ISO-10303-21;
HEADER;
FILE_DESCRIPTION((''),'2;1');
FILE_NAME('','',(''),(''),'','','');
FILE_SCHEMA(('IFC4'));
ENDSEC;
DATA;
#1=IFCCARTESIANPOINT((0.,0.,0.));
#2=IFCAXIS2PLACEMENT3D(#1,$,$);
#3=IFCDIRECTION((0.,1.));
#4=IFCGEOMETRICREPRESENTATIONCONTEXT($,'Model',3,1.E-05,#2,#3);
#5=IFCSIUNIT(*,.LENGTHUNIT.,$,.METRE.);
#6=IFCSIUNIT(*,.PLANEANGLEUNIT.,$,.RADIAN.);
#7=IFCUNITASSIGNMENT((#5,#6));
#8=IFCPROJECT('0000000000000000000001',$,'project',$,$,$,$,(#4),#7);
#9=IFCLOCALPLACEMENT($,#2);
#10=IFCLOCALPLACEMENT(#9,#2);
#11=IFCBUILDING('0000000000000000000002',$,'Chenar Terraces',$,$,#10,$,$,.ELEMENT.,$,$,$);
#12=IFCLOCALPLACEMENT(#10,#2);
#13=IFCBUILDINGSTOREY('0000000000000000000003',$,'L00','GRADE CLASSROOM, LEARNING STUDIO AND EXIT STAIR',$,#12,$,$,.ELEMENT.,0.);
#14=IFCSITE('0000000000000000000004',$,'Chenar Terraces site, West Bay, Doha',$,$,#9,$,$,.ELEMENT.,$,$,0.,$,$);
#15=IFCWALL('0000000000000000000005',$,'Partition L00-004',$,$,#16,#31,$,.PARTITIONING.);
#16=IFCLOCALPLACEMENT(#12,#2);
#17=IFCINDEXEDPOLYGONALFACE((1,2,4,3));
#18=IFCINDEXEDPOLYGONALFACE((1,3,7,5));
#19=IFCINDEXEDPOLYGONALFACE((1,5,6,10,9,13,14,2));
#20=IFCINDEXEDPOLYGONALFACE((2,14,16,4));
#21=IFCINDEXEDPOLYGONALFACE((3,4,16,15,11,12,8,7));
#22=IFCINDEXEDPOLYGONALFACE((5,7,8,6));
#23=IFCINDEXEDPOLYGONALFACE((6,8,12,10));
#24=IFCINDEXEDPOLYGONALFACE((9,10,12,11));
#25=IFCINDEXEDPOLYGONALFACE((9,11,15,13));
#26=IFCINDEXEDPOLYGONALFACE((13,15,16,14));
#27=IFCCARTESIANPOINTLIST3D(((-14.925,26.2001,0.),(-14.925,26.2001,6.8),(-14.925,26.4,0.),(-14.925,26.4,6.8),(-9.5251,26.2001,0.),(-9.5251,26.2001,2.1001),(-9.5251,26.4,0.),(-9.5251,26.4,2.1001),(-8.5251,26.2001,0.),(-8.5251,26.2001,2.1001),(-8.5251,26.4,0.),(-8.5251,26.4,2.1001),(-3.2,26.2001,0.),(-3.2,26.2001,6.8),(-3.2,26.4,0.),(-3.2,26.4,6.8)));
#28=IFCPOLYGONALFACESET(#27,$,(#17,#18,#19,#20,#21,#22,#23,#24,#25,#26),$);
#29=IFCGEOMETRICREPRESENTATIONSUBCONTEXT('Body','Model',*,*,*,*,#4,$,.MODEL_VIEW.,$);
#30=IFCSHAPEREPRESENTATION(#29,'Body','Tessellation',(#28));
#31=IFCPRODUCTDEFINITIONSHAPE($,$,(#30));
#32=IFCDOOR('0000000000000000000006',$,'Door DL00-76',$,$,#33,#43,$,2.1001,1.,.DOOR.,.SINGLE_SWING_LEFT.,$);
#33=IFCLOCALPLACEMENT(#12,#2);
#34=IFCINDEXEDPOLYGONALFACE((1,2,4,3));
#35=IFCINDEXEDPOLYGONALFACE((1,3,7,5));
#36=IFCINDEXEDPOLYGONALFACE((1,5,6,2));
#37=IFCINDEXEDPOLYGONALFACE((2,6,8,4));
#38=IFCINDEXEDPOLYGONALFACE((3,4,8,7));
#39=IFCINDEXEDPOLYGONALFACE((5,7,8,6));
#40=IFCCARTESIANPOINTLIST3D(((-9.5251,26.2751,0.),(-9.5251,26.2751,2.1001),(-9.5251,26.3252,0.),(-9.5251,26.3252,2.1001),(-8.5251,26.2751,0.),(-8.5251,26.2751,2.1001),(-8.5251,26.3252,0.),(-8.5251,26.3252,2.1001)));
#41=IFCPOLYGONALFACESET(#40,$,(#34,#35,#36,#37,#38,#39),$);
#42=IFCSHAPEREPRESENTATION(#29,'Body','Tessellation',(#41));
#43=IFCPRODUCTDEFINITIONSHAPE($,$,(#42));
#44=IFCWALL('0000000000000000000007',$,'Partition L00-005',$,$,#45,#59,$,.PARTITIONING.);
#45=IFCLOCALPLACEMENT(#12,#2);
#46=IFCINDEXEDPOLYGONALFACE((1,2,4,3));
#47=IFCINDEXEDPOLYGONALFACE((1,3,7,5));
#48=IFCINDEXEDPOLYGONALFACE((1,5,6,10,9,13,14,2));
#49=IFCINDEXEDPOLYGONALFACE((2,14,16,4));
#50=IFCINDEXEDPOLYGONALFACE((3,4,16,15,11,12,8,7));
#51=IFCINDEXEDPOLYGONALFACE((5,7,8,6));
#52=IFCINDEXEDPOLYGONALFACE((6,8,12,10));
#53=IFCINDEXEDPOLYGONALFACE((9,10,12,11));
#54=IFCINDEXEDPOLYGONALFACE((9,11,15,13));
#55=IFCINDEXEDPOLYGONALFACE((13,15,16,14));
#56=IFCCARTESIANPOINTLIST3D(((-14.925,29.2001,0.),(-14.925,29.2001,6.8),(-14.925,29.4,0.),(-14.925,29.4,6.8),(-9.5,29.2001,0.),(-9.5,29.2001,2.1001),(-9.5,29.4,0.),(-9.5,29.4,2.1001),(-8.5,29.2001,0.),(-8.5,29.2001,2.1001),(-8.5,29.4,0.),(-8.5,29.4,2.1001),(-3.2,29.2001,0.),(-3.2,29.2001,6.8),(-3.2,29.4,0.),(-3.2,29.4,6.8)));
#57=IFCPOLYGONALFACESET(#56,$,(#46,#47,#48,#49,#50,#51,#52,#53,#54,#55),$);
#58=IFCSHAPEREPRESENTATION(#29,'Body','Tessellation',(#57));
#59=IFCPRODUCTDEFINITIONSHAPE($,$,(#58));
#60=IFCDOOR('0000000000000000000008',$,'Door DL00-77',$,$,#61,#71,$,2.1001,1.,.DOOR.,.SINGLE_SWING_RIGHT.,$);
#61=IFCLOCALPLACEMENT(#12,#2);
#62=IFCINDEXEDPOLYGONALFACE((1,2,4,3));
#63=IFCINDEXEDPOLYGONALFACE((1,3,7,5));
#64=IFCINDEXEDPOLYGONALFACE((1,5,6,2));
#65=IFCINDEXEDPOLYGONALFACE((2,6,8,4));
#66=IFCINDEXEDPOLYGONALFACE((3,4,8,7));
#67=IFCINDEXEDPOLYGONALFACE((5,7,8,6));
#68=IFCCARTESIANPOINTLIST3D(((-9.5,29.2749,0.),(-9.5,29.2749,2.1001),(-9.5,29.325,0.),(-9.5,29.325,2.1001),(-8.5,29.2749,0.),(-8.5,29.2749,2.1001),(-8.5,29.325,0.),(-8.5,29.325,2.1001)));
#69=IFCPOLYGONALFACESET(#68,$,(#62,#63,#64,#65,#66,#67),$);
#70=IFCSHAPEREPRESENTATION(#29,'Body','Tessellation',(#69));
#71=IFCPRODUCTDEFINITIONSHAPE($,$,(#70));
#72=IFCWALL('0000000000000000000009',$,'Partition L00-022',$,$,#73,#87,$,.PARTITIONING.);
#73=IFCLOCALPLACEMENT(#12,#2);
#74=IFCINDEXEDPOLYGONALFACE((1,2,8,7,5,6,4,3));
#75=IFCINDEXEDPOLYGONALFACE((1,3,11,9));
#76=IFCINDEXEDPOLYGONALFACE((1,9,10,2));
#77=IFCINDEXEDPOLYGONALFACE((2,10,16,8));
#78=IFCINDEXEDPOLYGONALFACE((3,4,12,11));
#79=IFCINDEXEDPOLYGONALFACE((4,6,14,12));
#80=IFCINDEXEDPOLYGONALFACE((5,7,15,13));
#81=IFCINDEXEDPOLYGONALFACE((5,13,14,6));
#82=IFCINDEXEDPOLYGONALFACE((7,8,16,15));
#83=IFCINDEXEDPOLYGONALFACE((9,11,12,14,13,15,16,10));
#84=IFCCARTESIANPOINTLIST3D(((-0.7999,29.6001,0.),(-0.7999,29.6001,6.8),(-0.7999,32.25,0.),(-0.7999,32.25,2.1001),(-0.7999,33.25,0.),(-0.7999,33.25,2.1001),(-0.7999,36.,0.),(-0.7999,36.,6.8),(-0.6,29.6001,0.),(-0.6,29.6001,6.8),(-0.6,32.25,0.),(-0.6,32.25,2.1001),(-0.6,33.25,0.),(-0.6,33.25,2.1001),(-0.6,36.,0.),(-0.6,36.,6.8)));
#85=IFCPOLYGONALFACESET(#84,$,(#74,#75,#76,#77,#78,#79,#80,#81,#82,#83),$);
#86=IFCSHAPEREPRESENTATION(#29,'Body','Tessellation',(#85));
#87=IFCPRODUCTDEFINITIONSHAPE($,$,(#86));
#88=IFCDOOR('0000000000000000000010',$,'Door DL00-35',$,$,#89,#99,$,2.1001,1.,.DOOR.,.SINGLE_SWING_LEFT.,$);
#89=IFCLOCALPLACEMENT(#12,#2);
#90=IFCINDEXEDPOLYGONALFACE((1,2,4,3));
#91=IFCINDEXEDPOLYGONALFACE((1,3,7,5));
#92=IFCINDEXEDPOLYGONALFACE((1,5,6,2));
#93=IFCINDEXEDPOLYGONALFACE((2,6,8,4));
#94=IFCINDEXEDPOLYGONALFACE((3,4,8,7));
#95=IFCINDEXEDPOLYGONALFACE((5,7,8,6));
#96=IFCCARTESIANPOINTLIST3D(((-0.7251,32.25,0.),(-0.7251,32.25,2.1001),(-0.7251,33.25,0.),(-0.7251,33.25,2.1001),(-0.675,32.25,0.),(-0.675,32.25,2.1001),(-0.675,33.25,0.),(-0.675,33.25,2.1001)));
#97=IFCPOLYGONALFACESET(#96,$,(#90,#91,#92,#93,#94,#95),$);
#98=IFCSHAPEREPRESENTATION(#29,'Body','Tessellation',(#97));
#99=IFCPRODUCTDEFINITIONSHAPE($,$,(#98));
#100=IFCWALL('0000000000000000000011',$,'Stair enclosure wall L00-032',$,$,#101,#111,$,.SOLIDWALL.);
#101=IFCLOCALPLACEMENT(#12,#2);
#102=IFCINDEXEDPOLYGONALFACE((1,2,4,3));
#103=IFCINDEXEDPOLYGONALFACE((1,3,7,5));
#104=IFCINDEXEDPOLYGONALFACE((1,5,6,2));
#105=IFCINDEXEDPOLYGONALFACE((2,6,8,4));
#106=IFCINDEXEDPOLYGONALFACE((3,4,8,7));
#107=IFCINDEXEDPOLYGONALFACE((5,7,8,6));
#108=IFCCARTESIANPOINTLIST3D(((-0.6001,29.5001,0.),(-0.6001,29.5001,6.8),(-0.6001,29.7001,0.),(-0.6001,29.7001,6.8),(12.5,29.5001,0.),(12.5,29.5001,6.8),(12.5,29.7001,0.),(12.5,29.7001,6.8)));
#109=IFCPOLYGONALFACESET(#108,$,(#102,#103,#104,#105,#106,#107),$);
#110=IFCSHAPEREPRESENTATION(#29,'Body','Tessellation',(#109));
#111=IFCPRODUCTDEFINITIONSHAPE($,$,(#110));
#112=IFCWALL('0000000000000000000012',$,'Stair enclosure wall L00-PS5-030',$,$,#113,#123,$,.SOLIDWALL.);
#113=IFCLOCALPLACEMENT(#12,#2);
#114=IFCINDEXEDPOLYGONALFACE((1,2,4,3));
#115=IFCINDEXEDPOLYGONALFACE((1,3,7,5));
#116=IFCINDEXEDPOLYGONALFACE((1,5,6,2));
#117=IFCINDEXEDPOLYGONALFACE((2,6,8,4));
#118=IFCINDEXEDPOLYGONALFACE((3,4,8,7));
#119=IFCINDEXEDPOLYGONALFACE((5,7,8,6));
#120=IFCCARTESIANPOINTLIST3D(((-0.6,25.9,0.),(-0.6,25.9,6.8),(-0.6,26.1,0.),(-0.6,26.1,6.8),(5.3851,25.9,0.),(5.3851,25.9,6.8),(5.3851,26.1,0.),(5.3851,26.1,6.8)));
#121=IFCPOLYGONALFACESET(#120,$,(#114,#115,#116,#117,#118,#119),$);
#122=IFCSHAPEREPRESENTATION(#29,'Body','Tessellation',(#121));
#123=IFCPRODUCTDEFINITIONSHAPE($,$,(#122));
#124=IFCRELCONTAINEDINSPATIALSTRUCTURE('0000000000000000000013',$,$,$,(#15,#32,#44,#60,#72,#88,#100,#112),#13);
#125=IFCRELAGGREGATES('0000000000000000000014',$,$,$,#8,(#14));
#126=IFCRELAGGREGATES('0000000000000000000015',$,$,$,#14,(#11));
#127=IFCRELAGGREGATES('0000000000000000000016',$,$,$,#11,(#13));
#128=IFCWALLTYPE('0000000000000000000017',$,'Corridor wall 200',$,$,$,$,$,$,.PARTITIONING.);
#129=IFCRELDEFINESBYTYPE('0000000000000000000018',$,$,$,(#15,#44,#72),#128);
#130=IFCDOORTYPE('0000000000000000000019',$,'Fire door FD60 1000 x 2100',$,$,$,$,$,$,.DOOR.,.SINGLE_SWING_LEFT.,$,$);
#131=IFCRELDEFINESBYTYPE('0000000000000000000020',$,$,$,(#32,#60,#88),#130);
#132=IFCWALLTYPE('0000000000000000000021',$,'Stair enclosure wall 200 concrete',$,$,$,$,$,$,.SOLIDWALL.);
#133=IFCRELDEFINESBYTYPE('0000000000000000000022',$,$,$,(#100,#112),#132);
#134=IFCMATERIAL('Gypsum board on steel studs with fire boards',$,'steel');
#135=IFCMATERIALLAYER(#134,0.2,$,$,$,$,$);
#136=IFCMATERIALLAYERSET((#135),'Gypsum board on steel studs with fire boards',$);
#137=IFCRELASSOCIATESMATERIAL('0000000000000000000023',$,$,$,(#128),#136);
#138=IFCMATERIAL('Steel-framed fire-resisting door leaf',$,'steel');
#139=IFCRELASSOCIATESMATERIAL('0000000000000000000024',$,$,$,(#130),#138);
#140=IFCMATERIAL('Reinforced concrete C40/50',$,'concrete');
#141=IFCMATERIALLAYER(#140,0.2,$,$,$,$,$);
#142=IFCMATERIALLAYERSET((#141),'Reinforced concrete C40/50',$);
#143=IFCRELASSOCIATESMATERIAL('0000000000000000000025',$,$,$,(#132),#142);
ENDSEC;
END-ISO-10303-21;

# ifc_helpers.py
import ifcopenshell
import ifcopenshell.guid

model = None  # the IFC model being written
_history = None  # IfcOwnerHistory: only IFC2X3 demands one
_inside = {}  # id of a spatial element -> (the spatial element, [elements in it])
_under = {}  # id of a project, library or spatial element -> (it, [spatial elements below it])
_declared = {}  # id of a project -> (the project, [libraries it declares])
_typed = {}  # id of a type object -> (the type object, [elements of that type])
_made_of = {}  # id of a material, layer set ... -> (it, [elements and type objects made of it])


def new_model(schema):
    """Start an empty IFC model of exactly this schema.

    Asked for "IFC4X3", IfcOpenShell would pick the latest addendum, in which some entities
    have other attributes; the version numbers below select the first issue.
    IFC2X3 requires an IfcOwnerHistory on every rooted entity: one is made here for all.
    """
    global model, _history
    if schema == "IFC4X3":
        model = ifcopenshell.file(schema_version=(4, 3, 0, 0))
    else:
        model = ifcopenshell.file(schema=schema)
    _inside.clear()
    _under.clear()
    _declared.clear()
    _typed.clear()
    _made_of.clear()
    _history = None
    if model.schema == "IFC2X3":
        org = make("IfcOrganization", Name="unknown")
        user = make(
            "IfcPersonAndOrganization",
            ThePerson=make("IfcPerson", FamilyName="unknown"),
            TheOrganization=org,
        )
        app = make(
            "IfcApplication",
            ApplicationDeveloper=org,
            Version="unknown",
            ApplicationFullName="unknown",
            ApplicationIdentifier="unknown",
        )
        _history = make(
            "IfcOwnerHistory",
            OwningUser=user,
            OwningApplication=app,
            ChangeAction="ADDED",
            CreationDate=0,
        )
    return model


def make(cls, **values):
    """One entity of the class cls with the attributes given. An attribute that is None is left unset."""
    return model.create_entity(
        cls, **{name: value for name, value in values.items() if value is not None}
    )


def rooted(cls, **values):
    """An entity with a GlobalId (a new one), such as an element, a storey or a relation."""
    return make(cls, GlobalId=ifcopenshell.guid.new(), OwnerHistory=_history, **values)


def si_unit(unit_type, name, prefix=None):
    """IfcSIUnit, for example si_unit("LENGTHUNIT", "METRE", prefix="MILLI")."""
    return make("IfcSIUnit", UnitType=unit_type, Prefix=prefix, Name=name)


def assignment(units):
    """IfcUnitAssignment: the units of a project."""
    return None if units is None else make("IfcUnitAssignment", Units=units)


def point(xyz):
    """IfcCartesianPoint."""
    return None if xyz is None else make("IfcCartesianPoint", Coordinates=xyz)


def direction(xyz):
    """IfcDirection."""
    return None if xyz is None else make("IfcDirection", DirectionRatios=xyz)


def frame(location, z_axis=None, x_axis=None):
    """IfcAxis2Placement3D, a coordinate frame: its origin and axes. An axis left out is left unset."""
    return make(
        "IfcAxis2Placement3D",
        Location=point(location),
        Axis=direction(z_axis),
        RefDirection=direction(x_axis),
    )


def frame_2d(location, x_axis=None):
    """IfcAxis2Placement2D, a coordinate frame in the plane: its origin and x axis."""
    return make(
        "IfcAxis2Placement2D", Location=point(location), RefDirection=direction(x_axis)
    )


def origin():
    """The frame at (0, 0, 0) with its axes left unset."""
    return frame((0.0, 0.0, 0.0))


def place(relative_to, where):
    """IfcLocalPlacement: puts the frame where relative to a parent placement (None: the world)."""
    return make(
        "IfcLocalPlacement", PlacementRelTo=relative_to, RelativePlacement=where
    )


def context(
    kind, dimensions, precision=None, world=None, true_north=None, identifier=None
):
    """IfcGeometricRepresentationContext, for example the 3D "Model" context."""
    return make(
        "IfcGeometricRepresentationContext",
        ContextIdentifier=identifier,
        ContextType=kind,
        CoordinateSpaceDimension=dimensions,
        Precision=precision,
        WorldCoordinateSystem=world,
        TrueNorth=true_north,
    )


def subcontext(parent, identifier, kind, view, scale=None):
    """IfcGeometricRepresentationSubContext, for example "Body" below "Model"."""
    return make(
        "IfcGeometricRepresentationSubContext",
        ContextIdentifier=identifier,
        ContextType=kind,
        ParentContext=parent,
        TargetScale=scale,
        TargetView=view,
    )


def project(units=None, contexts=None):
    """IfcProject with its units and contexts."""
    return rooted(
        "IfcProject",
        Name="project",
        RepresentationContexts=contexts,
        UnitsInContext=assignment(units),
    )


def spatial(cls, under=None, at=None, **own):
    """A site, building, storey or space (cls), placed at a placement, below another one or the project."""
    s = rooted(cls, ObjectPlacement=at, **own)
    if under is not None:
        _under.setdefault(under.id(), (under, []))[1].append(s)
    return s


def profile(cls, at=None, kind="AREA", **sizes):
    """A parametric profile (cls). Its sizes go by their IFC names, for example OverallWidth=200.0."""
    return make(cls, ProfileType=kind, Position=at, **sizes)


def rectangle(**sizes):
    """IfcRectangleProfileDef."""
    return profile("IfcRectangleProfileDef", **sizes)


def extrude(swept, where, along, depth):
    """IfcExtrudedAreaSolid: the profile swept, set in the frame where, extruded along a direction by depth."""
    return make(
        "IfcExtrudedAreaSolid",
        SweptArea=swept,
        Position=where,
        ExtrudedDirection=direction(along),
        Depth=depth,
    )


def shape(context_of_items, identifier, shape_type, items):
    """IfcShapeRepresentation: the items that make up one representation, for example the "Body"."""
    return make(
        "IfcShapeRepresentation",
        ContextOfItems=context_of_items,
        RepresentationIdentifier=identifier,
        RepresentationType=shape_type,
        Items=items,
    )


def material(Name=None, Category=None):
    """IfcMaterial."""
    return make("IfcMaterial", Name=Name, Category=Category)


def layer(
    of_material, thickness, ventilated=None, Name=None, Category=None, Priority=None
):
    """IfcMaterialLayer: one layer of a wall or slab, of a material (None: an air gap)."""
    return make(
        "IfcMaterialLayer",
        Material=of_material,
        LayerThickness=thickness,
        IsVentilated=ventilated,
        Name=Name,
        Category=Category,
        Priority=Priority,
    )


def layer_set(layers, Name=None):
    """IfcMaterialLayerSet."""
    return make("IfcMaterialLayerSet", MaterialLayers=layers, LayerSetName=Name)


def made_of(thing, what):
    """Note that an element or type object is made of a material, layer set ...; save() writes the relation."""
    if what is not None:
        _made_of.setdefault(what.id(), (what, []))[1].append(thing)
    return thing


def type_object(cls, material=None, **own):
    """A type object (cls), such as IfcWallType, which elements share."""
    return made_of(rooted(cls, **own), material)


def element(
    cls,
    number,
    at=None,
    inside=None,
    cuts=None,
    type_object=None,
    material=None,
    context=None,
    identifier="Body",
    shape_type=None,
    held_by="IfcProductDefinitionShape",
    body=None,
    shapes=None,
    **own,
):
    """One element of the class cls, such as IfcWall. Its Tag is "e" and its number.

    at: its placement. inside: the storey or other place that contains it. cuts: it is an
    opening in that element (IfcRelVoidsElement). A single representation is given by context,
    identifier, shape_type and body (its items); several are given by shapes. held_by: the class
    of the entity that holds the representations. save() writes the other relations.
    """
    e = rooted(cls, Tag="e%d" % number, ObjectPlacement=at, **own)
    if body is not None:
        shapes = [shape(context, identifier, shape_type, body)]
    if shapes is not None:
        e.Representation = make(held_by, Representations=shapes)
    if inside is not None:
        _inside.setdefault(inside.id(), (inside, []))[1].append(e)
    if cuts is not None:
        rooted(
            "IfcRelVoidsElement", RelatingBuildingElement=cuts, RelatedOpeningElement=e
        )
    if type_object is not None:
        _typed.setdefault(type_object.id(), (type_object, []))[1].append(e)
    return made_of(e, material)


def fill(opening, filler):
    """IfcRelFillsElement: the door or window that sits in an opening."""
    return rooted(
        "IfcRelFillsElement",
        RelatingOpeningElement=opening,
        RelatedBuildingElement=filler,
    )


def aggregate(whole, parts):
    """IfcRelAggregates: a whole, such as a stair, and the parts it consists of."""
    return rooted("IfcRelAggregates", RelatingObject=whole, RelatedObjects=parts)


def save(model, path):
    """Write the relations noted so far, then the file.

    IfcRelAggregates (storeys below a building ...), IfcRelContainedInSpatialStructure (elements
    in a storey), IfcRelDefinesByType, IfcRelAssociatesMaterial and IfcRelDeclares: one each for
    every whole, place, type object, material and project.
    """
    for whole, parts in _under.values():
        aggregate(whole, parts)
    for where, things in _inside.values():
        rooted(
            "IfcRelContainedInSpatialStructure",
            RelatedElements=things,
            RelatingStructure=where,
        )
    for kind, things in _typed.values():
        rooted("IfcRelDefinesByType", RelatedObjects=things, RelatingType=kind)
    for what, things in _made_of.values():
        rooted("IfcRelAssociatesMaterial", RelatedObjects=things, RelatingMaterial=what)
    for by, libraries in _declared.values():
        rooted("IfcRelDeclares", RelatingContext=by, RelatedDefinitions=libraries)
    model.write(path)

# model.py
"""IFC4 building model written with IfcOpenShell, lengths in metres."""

from ifc_helpers import new_model, si_unit, direction, frame, frame_2d, origin, place, context, subcontext, project, spatial, rectangle, extrude, material, layer, layer_set, type_object, element, fill, save


model = new_model("IFC4")

# Units and contexts
model_context = context("Model", 3, precision=1e-05, world=origin(), true_north=direction((0.0, 1.0)))
body_context = subcontext(model_context, "Body", "Model", "MODEL_VIEW")
ifc_project = project(units=[si_unit("LENGTHUNIT", "METRE"), si_unit("PLANEANGLEUNIT", "RADIAN")], contexts=[model_context])

# Site, building, storey
site_placement = place(None, origin())
site = spatial("IfcSite", under=ifc_project, at=site_placement, Name="Chenar Terraces site, West Bay, Doha", CompositionType="ELEMENT", RefElevation=0.0)
building_placement = place(site_placement, origin())
building = spatial("IfcBuilding", under=site, at=building_placement, Name="Chenar Terraces", CompositionType="ELEMENT")
storey_placement = place(building_placement, origin())
storey = spatial("IfcBuildingStorey", under=building, at=storey_placement, Name="L00", Description="GRADE CLASSROOM, LEARNING STUDIO AND EXIT STAIR", CompositionType="ELEMENT", Elevation=0.0)

# Walls, openings, doors
ifc_material_1 = material(Name="Gypsum board on steel studs with fire boards", Category="steel")
ifc_layer_1 = layer(ifc_material_1, 0.2)
ifc_layer_set_1 = layer_set([ifc_layer_1], Name="Gypsum board on steel studs with fire boards")
wall_type_1 = type_object("IfcWallType", Name="Corridor wall 200", PredefinedType="PARTITIONING", material=ifc_layer_set_1)
wall_1_placement = place(storey_placement, frame((-14.925, 26.3, 0.0), z_axis=(0.0, 0.0, 1.0), x_axis=(1.0, 0.0, 0.0)))
wall_1 = element("IfcWall", 1, at=wall_1_placement, inside=storey, type_object=wall_type_1, Name="Partition L00-004", PredefinedType="PARTITIONING", context=body_context, shape_type="SweptSolid", body=[
    extrude(rectangle(XDim=11.7251, YDim=0.2, at=frame_2d((5.8625, 0.0))), origin(), (0.0, 0.0, 1.0), 6.8),
])
opening_1_placement = place(wall_1_placement, frame((5.3999, 0.0, 0.0)))
opening_1 = element("IfcOpeningElement", 2, at=opening_1_placement, cuts=wall_1, PredefinedType="OPENING", context=body_context, shape_type="SweptSolid", body=[
    extrude(rectangle(XDim=1.0, YDim=2.1001, at=frame_2d((0.5, 1.05))), frame((0.0, 0.1099, 0.0), z_axis=(0.0, -1.0, 0.0), x_axis=(1.0, 0.0, 0.0)), (0.0, 0.0, 1.0), 0.22),
])
ifc_material_2 = material(Name="Steel-framed fire-resisting door leaf", Category="steel")
door_type_1 = type_object("IfcDoorType", Name="Fire door FD60 1000 x 2100", OperationType="SINGLE_SWING_LEFT", PredefinedType="DOOR", material=ifc_material_2)
door_1_placement = place(opening_1_placement, frame((1.0, 0.0, 0.0), z_axis=(0.0, 0.0, 1.0), x_axis=(-1.0, 0.0, 0.0)))
door_1 = element("IfcDoor", 3, at=door_1_placement, inside=storey, type_object=door_type_1, Name="Door DL00-76", OperationType="SINGLE_SWING_LEFT", OverallHeight=2.1001, OverallWidth=1.0, PredefinedType="DOOR", context=body_context, shape_type="SweptSolid", body=[
    extrude(rectangle(XDim=1.0, YDim=2.1001, at=frame_2d((0.5, 1.05))), frame((0.0, 0.0249, 0.0), z_axis=(0.0, -1.0, 0.0), x_axis=(1.0, 0.0, 0.0)), (0.0, 0.0, 1.0), 0.05),
])
fill(opening_1, door_1)
wall_2_placement = place(storey_placement, frame((-14.925, 29.3, 0.0), z_axis=(0.0, 0.0, 1.0), x_axis=(1.0, 0.0, 0.0)))
wall_2 = element("IfcWall", 4, at=wall_2_placement, inside=storey, type_object=wall_type_1, Name="Partition L00-005", PredefinedType="PARTITIONING", context=body_context, shape_type="SweptSolid", body=[
    extrude(rectangle(XDim=11.7251, YDim=0.2, at=frame_2d((5.8625, 0.0))), origin(), (0.0, 0.0, 1.0), 6.8),
])
opening_2_placement = place(wall_2_placement, frame((5.425, 0.0, 0.0)))
opening_2 = element("IfcOpeningElement", 5, at=opening_2_placement, cuts=wall_2, PredefinedType="OPENING", context=body_context, shape_type="SweptSolid", body=[
    extrude(rectangle(XDim=1.0, YDim=2.1001, at=frame_2d((0.5, 1.05))), frame((0.0, 0.1099, 0.0), z_axis=(0.0, -1.0, 0.0), x_axis=(1.0, 0.0, 0.0)), (0.0, 0.0, 1.0), 0.22),
])
door_2_placement = place(opening_2_placement, origin())
door_2 = element("IfcDoor", 6, at=door_2_placement, inside=storey, type_object=door_type_1, Name="Door DL00-77", OperationType="SINGLE_SWING_RIGHT", OverallHeight=2.1001, OverallWidth=1.0, PredefinedType="DOOR", context=body_context, shape_type="SweptSolid", body=[
    extrude(rectangle(XDim=1.0, YDim=2.1001, at=frame_2d((0.5, 1.05))), frame((0.0, 0.0249, 0.0), z_axis=(0.0, -1.0, 0.0), x_axis=(1.0, 0.0, 0.0)), (0.0, 0.0, 1.0), 0.05),
])
fill(opening_2, door_2)
wall_3_placement = place(storey_placement, frame((-0.7, 29.6001, 0.0), z_axis=(0.0, 0.0, 1.0), x_axis=(0.0, 1.0, 0.0)))
wall_3 = element("IfcWall", 7, at=wall_3_placement, inside=storey, type_object=wall_type_1, Name="Partition L00-022", PredefinedType="PARTITIONING", context=body_context, shape_type="SweptSolid", body=[
    extrude(rectangle(XDim=6.3999, YDim=0.2, at=frame_2d((3.2, 0.0))), origin(), (0.0, 0.0, 1.0), 6.8),
])
opening_3_placement = place(wall_3_placement, frame((2.6499, 0.0, 0.0)))
opening_3 = element("IfcOpeningElement", 8, at=opening_3_placement, cuts=wall_3, PredefinedType="OPENING", context=body_context, shape_type="SweptSolid", body=[
    extrude(rectangle(XDim=1.0, YDim=2.1001, at=frame_2d((0.5, 1.05))), frame((0.0, 0.1099, 0.0), z_axis=(0.0, -1.0, 0.0), x_axis=(1.0, 0.0, 0.0)), (0.0, 0.0, 1.0), 0.22),
])
door_3_placement = place(opening_3_placement, frame((1.0, 0.0, 0.0), z_axis=(0.0, 0.0, 1.0), x_axis=(-1.0, 0.0, 0.0)))
door_3 = element("IfcDoor", 9, at=door_3_placement, inside=storey, type_object=door_type_1, Name="Door DL00-35", OperationType="SINGLE_SWING_LEFT", OverallHeight=2.1001, OverallWidth=1.0, PredefinedType="DOOR", context=body_context, shape_type="SweptSolid", body=[
    extrude(rectangle(XDim=1.0, YDim=2.1001, at=frame_2d((0.5, 1.05))), frame((0.0, 0.0249, 0.0), z_axis=(0.0, -1.0, 0.0), x_axis=(1.0, 0.0, 0.0)), (0.0, 0.0, 1.0), 0.05),
])
fill(opening_3, door_3)

# Walls
ifc_material_3 = material(Name="Reinforced concrete C40/50", Category="concrete")
ifc_layer_2 = layer(ifc_material_3, 0.2)
ifc_layer_set_2 = layer_set([ifc_layer_2], Name="Reinforced concrete C40/50")
wall_type_2 = type_object("IfcWallType", Name="Stair enclosure wall 200 concrete", PredefinedType="SOLIDWALL", material=ifc_layer_set_2)
wall_4_placement = place(storey_placement, frame((-0.6001, 29.6001, 0.0), z_axis=(0.0, 0.0, 1.0), x_axis=(1.0, 0.0, 0.0)))
element("IfcWall", 10, at=wall_4_placement, inside=storey, type_object=wall_type_2, Name="Stair enclosure wall L00-032", PredefinedType="SOLIDWALL", context=body_context, shape_type="SweptSolid", body=[
    extrude(rectangle(XDim=13.1001, YDim=0.2, at=frame_2d((6.55, 0.0))), origin(), (0.0, 0.0, 1.0), 6.8),
])
wall_5_placement = place(storey_placement, frame((-0.6001, 26.0, 0.0), z_axis=(0.0, 0.0, 1.0), x_axis=(1.0, 0.0, 0.0)))
element("IfcWall", 11, at=wall_5_placement, inside=storey, type_object=wall_type_2, Name="Stair enclosure wall L00-PS5-030", PredefinedType="SOLIDWALL", context=body_context, shape_type="SweptSolid", body=[
    extrude(rectangle(XDim=5.9851, YDim=0.2, at=frame_2d((2.9927, 0.0))), origin(), (0.0, 0.0, 1.0), 6.8),
])

save(model, "model.ifc")
